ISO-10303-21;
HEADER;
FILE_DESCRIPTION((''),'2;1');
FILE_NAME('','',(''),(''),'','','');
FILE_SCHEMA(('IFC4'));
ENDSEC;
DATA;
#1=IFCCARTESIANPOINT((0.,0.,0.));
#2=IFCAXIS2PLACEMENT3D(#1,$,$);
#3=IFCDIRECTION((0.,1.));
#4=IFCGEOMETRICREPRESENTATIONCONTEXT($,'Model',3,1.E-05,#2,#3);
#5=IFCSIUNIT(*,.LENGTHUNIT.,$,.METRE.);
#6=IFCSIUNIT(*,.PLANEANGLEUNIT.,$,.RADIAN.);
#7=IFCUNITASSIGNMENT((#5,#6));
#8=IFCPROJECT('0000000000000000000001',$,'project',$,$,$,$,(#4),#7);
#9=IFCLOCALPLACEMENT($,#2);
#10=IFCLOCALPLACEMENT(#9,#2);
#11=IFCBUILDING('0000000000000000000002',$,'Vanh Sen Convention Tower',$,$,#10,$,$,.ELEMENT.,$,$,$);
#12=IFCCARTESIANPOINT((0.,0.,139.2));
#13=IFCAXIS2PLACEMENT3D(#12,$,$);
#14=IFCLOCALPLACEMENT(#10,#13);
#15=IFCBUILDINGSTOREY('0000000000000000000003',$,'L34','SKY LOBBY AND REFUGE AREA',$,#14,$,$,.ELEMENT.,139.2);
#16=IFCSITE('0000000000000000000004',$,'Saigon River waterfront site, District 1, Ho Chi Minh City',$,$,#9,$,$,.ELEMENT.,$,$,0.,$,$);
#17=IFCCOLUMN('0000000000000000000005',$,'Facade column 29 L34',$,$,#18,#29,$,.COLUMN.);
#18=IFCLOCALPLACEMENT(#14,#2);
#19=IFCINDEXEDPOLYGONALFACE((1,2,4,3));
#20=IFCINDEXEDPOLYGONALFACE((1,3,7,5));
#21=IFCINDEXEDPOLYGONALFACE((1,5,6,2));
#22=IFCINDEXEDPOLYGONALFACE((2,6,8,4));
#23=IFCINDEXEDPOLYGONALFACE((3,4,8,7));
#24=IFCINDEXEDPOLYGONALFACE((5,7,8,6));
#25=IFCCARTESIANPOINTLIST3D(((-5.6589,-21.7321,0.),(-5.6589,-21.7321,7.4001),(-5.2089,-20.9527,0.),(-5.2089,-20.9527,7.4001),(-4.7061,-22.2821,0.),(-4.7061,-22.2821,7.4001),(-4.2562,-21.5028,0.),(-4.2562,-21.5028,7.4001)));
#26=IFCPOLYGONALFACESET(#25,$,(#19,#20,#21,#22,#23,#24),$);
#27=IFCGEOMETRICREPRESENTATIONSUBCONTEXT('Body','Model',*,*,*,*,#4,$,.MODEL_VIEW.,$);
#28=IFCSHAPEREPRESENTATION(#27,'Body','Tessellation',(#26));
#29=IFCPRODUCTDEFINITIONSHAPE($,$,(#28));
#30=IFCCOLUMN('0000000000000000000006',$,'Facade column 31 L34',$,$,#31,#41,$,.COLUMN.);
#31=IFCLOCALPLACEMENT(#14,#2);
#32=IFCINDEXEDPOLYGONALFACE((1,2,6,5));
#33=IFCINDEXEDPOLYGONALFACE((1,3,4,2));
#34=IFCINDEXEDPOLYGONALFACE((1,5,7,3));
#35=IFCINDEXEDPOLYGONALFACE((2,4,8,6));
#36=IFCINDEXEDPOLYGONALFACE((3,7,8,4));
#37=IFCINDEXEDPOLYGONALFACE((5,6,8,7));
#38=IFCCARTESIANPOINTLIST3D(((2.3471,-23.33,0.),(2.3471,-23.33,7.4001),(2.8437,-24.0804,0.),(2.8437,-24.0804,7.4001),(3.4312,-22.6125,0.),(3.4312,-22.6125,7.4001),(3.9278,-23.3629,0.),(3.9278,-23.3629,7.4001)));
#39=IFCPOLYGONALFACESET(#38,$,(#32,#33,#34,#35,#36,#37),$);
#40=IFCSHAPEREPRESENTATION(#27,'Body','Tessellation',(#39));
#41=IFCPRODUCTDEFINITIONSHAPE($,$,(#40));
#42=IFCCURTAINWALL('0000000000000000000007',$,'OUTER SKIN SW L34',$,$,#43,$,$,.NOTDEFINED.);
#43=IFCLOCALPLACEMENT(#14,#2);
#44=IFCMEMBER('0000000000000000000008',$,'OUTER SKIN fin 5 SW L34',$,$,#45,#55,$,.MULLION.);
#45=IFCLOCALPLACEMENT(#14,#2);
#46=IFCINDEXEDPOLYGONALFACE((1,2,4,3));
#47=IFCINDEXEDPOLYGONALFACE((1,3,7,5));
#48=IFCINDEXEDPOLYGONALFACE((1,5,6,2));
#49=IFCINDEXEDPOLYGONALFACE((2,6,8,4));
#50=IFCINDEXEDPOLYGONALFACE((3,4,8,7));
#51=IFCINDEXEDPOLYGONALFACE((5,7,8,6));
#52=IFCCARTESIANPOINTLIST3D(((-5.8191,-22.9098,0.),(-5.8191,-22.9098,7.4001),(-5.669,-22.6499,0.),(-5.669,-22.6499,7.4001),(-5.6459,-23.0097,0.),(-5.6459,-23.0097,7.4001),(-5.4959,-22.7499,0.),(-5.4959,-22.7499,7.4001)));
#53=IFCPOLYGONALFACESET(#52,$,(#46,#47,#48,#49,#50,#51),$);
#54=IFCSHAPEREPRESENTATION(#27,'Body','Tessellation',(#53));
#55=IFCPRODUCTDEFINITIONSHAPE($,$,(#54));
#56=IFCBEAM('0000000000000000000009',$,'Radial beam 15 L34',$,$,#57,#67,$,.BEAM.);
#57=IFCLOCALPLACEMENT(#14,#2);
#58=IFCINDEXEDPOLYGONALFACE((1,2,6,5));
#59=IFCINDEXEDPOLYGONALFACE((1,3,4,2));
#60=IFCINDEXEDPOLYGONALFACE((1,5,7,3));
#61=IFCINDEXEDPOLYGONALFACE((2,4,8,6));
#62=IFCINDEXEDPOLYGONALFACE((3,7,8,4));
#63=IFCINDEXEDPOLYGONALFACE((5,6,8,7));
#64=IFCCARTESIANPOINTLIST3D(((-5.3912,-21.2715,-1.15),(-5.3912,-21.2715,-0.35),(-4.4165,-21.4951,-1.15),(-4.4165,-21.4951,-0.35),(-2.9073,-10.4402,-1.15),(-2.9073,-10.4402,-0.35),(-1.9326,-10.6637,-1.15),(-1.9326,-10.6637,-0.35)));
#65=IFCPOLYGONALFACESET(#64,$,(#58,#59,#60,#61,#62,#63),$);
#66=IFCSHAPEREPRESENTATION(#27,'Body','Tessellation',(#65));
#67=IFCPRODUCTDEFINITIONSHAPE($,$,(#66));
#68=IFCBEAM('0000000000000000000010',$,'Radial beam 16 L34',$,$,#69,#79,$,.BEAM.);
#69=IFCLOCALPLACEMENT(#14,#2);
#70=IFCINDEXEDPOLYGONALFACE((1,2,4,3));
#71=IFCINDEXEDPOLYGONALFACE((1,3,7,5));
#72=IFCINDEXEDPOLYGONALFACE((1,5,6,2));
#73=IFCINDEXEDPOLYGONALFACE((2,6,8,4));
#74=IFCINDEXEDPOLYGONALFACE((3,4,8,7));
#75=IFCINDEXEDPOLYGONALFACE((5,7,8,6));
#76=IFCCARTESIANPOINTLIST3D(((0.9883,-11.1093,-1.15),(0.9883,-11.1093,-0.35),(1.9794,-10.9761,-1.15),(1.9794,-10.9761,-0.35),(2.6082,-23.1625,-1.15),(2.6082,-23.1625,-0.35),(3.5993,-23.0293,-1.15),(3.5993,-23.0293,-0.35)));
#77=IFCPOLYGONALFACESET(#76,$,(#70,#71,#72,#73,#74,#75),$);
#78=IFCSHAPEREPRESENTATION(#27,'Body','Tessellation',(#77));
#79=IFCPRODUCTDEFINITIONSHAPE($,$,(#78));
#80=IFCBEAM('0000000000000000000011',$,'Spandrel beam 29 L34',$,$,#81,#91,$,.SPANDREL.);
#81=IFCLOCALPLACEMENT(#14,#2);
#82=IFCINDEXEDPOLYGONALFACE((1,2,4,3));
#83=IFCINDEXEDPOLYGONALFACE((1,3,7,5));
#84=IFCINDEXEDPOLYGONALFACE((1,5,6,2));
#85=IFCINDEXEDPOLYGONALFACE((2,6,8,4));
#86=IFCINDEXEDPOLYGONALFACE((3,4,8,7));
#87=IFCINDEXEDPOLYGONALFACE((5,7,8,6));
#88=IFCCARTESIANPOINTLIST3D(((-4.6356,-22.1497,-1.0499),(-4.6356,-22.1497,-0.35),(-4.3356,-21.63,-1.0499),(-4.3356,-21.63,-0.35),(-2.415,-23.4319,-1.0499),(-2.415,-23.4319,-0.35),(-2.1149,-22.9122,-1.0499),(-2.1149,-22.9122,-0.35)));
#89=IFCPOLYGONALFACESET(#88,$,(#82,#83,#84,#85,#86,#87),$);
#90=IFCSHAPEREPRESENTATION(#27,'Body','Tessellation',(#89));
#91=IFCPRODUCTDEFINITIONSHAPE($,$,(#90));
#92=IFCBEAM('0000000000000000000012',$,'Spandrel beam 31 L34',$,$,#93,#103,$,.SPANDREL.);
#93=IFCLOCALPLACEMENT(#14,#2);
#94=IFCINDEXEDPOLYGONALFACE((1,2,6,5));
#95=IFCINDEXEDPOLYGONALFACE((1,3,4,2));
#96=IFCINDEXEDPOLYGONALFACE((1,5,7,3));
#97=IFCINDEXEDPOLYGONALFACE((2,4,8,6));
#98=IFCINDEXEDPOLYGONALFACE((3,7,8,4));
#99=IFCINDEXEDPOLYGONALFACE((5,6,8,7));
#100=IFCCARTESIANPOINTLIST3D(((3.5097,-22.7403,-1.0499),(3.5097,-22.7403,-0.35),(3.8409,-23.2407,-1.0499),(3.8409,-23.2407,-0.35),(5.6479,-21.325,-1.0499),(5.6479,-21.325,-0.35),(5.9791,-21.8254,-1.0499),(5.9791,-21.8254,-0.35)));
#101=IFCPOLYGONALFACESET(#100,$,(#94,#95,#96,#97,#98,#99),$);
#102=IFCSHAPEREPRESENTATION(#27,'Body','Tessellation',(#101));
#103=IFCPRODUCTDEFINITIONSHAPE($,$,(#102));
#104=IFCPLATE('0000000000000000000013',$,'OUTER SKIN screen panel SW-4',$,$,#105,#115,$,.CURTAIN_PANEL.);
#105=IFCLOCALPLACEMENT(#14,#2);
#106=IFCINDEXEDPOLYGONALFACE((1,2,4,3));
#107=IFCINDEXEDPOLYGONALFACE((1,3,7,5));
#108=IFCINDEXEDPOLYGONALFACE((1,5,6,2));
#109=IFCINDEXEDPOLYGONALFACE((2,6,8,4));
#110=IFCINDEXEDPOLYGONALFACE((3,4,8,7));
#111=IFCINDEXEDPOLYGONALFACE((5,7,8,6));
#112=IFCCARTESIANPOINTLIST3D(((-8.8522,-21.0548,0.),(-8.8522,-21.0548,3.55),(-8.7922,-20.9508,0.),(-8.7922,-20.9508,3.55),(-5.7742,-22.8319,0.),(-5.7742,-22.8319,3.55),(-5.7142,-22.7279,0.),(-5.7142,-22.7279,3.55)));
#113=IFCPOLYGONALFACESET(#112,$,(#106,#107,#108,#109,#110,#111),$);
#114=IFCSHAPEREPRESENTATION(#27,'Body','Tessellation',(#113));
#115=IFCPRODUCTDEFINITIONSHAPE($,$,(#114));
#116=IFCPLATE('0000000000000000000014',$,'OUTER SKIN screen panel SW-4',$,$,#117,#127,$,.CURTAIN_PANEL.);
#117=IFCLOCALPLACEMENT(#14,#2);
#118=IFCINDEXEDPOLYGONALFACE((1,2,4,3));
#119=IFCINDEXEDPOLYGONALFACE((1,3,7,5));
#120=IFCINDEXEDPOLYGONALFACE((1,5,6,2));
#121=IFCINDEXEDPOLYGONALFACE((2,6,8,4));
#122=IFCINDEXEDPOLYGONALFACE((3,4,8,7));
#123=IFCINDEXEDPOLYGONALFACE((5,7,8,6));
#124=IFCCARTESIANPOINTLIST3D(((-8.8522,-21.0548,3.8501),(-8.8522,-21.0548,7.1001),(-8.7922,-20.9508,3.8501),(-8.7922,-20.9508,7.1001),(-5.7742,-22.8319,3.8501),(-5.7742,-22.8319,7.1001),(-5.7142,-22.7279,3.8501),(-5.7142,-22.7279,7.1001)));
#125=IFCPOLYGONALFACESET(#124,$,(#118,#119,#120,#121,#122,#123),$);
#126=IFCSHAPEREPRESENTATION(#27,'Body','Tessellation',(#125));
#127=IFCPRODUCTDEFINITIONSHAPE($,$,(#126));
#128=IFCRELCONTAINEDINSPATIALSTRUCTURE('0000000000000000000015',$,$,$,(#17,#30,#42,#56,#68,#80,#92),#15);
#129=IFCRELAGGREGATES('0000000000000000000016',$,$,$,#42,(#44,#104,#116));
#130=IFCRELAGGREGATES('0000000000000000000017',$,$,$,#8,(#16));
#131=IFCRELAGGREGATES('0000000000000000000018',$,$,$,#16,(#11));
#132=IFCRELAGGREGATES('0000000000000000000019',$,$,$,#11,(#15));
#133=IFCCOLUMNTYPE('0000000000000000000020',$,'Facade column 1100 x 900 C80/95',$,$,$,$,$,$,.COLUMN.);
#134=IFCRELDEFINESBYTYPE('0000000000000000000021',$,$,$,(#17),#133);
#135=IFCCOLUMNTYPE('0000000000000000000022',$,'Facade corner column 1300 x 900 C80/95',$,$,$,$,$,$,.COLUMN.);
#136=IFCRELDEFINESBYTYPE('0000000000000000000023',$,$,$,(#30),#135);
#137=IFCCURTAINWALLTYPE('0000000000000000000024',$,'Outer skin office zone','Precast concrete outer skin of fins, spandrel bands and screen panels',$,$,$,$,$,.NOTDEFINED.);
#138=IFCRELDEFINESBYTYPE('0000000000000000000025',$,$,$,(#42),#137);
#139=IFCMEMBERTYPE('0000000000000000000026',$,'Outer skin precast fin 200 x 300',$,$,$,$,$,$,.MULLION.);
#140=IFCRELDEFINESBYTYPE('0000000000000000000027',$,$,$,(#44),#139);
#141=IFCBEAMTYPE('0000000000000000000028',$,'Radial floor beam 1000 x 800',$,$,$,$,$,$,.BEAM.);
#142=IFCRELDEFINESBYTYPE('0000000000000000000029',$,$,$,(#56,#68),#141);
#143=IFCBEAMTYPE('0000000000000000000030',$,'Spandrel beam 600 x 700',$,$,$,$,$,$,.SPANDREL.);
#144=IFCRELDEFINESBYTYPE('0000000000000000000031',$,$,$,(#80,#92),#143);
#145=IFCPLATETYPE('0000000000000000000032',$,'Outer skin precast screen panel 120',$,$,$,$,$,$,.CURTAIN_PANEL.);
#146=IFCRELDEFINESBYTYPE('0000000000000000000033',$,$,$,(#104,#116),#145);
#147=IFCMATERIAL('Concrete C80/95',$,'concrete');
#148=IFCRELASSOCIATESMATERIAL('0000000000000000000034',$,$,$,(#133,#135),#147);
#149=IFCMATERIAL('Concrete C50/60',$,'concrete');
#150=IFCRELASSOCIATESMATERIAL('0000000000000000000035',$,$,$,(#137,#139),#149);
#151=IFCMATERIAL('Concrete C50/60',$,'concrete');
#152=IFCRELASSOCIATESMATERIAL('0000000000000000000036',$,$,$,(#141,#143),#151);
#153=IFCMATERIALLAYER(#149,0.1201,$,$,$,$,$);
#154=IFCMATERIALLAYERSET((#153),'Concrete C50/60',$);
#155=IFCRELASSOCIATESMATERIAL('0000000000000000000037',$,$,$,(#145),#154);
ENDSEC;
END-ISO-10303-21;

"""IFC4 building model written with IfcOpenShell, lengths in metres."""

from ifc_helpers import new_model, si_unit, direction, frame, origin, origin_2d, place, context, subcontext, project, spatial, rectangle, extrude, material, layer, layer_set, material_profile, profile_set, type_object, element, aggregate, save


model = new_model("IFC4")

# Units and contexts
model_context = context("Model", 3, precision=1e-05, world=origin(), true_north=direction((0.0, 1.0)))
body_context = subcontext(model_context, "Body", "Model", "MODEL_VIEW")
ifc_project = project(units=[si_unit("LENGTHUNIT", "METRE"), si_unit("PLANEANGLEUNIT", "RADIAN")], contexts=[model_context])

# Site, building, storey
site_placement = place(None, origin())
site = spatial("IfcSite", under=ifc_project, at=site_placement, Name="Saigon River waterfront site, District 1, Ho Chi Minh City", CompositionType="ELEMENT", RefElevation=0.0)
building_placement = place(site_placement, origin())
building = spatial("IfcBuilding", under=site, at=building_placement, Name="Vanh Sen Convention Tower", CompositionType="ELEMENT")
storey_placement = place(building_placement, frame((0.0, 0.0, 139.2)))
storey = spatial("IfcBuildingStorey", under=building, at=storey_placement, Name="L34", Description="SKY LOBBY AND REFUGE AREA", CompositionType="ELEMENT", Elevation=139.2)

# Columns
ifc_material_1 = material(Name="Concrete C80/95", Category="concrete")
ifc_material_profile_1 = material_profile(ifc_material_1, rectangle(XDim=1.1001, YDim=0.8999, at=origin_2d()), Name="RC 1100X900")
ifc_profile_set_1 = profile_set([ifc_material_profile_1], Name="Concrete C80/95")
column_type_1 = type_object("IfcColumnType", Name="Facade column 1100 x 900 C80/95", PredefinedType="COLUMN", material=ifc_profile_set_1)
column_1_placement = place(storey_placement, frame((-4.9575, -21.6174, 0.0), z_axis=(0.0, 0.0, 1.0), x_axis=(0.866025, -0.5, 0.0)))
element("IfcColumn", 1, at=column_1_placement, inside=storey, type_object=column_type_1, Name="Facade column 29 L34", PredefinedType="COLUMN", context=body_context, shape_type="SweptSolid", body=[
    extrude(rectangle(XDim=1.1001, YDim=0.8999, at=origin_2d()), origin(), (0.0, 0.0, 1.0), 7.4001),
])
ifc_material_profile_2 = material_profile(ifc_material_1, rectangle(XDim=1.3, YDim=0.8999, at=origin_2d()), Name="RC 1300X900")
ifc_profile_set_2 = profile_set([ifc_material_profile_2], Name="Concrete C80/95")
column_type_2 = type_object("IfcColumnType", Name="Facade corner column 1300 x 900 C80/95", PredefinedType="COLUMN", material=ifc_profile_set_2)
column_2_placement = place(storey_placement, frame((3.1375, -23.3464, 0.0), z_axis=(0.0, 0.0, 1.0), x_axis=(0.833886, 0.551937, 0.0)))
element("IfcColumn", 2, at=column_2_placement, inside=storey, type_object=column_type_2, Name="Facade column 31 L34", PredefinedType="COLUMN", context=body_context, shape_type="SweptSolid", body=[
    extrude(rectangle(XDim=1.3, YDim=0.8999, at=origin_2d()), origin(), (0.0, 0.0, 1.0), 7.4001),
])

# Curtain wall, member
ifc_material_2 = material(Name="Concrete C50/60", Category="concrete")
curtain_wall_type = type_object("IfcCurtainWallType", Name="Outer skin office zone", Description="Precast concrete outer skin of fins, spandrel bands and screen panels", PredefinedType="NOTDEFINED", material=ifc_material_2)
curtain_wall_placement = place(storey_placement, origin())
curtain_wall = element("IfcCurtainWall", 3, at=curtain_wall_placement, inside=storey, type_object=curtain_wall_type, Name="OUTER SKIN SW L34", PredefinedType="NOTDEFINED")
ifc_material_profile_3 = material_profile(ifc_material_2, rectangle(XDim=0.2, YDim=0.3, at=origin_2d()), Name="Outer skin precast fin 200 x 300")
ifc_profile_set_3 = profile_set([ifc_material_profile_3], Name="Concrete C50/60")
member_type = type_object("IfcMemberType", Name="Outer skin precast fin 200 x 300", PredefinedType="MULLION", material=ifc_profile_set_3)
member_placement = place(storey_placement, frame((-5.6575, -22.8298, 0.0), z_axis=(0.0, 0.0, 1.0), x_axis=(0.866025, -0.5, 0.0)))
member = element("IfcMember", 4, at=member_placement, type_object=member_type, Name="OUTER SKIN fin 5 SW L34", PredefinedType="MULLION", context=body_context, shape_type="SweptSolid", body=[
    extrude(rectangle(XDim=0.2, YDim=0.3, at=origin_2d()), origin(), (0.0, 0.0, 1.0), 7.4001),
])

# Beams
ifc_material_3 = material(Name="Concrete C50/60", Category="concrete")
ifc_material_profile_4 = material_profile(ifc_material_3, rectangle(XDim=1.0, YDim=0.8, at=origin_2d()), Name="RC 1000X800")
ifc_profile_set_4 = profile_set([ifc_material_profile_4], Name="Concrete C50/60")
beam_type_1 = type_object("IfcBeamType", Name="Radial floor beam 1000 x 800", PredefinedType="BEAM", material=ifc_profile_set_4)
beam_1_placement = place(storey_placement, frame((-4.9038, -21.3833, -0.75), z_axis=(0.223523, 0.974699, 0.0), x_axis=(-0.974699, 0.223523, 0.0)))
element("IfcBeam", 5, at=beam_1_placement, inside=storey, type_object=beam_type_1, Name="Radial beam 15 L34", PredefinedType="BEAM", context=body_context, shape_type="SweptSolid", body=[
    extrude(rectangle(XDim=1.0, YDim=0.8, at=origin_2d()), origin(), (0.0, 0.0, 1.0), 11.1125),
])
beam_2_placement = place(storey_placement, frame((3.1038, -23.0959, -0.75), z_axis=(-0.133196, 0.99109, 0.0), x_axis=(-0.99109, -0.133196, 0.0)))
element("IfcBeam", 6, at=beam_2_placement, inside=storey, type_object=beam_type_1, Name="Radial beam 16 L34", PredefinedType="BEAM", context=body_context, shape_type="SweptSolid", body=[
    extrude(rectangle(XDim=1.0, YDim=0.8, at=origin_2d()), origin(), (0.0, 0.0, 1.0), 12.1616),
])
ifc_material_profile_5 = material_profile(ifc_material_3, rectangle(XDim=0.6001, YDim=0.7, at=origin_2d()), Name="RC 600X700")
ifc_profile_set_5 = profile_set([ifc_material_profile_5], Name="Concrete C50/60")
beam_type_2 = type_object("IfcBeamType", Name="Spandrel beam 600 x 700", PredefinedType="SPANDREL", material=ifc_profile_set_5)
for number, where, z_axis, x_axis, name in (
    (7, (-4.4856, -21.8899, -0.7), (0.866008, -0.50003, 0.0), (0.50003, 0.866008, 0.0), "Spandrel beam 29 L34"),
    (8, (3.6753, -22.9905, -0.7), (0.833877, 0.551951, 0.0), (-0.551951, 0.833877, 0.0), "Spandrel beam 31 L34"),
):
    element("IfcBeam", number, at=place(storey_placement, frame(where, z_axis=z_axis, x_axis=x_axis)), inside=storey, type_object=beam_type_2, Name=name, PredefinedType="SPANDREL", context=body_context, shape_type="SweptSolid", body=[
        extrude(rectangle(XDim=0.6001, YDim=0.7, at=origin_2d()), origin(), (0.0, 0.0, 1.0), 2.5642),
    ])

# Plates
ifc_layer_1 = layer(ifc_material_2, 0.1201)
ifc_layer_set_1 = layer_set([ifc_layer_1], Name="Concrete C50/60")
plate_type = type_object("IfcPlateType", Name="Outer skin precast screen panel 120", PredefinedType="CURTAIN_PANEL", material=ifc_layer_set_1)
plate_1_placement = place(storey_placement, frame((-7.2832, -21.8914, 0.0), z_axis=(0.0, 0.0, 1.0), x_axis=(0.866017, -0.500015, 0.0)))
plate_1 = element("IfcPlate", 9, at=plate_1_placement, type_object=plate_type, Name="OUTER SKIN screen panel SW-4", PredefinedType="CURTAIN_PANEL", context=body_context, shape_type="SweptSolid", body=[
    extrude(rectangle(XDim=3.5542, YDim=0.1201, at=origin_2d()), origin(), (0.0, 0.0, 1.0), 3.55),
])
plate_2_placement = place(storey_placement, frame((-7.2832, -21.8914, 3.8501), z_axis=(0.0, 0.0, 1.0), x_axis=(0.866017, -0.500015, 0.0)))
plate_2 = element("IfcPlate", 10, at=plate_2_placement, type_object=plate_type, Name="OUTER SKIN screen panel SW-4", PredefinedType="CURTAIN_PANEL", context=body_context, shape_type="SweptSolid", body=[
    extrude(rectangle(XDim=3.5542, YDim=0.1201, at=origin_2d()), origin(), (0.0, 0.0, 1.0), 3.25),
])
aggregate(curtain_wall, [member, plate_1, plate_2])

save(model, "model.ifc")
